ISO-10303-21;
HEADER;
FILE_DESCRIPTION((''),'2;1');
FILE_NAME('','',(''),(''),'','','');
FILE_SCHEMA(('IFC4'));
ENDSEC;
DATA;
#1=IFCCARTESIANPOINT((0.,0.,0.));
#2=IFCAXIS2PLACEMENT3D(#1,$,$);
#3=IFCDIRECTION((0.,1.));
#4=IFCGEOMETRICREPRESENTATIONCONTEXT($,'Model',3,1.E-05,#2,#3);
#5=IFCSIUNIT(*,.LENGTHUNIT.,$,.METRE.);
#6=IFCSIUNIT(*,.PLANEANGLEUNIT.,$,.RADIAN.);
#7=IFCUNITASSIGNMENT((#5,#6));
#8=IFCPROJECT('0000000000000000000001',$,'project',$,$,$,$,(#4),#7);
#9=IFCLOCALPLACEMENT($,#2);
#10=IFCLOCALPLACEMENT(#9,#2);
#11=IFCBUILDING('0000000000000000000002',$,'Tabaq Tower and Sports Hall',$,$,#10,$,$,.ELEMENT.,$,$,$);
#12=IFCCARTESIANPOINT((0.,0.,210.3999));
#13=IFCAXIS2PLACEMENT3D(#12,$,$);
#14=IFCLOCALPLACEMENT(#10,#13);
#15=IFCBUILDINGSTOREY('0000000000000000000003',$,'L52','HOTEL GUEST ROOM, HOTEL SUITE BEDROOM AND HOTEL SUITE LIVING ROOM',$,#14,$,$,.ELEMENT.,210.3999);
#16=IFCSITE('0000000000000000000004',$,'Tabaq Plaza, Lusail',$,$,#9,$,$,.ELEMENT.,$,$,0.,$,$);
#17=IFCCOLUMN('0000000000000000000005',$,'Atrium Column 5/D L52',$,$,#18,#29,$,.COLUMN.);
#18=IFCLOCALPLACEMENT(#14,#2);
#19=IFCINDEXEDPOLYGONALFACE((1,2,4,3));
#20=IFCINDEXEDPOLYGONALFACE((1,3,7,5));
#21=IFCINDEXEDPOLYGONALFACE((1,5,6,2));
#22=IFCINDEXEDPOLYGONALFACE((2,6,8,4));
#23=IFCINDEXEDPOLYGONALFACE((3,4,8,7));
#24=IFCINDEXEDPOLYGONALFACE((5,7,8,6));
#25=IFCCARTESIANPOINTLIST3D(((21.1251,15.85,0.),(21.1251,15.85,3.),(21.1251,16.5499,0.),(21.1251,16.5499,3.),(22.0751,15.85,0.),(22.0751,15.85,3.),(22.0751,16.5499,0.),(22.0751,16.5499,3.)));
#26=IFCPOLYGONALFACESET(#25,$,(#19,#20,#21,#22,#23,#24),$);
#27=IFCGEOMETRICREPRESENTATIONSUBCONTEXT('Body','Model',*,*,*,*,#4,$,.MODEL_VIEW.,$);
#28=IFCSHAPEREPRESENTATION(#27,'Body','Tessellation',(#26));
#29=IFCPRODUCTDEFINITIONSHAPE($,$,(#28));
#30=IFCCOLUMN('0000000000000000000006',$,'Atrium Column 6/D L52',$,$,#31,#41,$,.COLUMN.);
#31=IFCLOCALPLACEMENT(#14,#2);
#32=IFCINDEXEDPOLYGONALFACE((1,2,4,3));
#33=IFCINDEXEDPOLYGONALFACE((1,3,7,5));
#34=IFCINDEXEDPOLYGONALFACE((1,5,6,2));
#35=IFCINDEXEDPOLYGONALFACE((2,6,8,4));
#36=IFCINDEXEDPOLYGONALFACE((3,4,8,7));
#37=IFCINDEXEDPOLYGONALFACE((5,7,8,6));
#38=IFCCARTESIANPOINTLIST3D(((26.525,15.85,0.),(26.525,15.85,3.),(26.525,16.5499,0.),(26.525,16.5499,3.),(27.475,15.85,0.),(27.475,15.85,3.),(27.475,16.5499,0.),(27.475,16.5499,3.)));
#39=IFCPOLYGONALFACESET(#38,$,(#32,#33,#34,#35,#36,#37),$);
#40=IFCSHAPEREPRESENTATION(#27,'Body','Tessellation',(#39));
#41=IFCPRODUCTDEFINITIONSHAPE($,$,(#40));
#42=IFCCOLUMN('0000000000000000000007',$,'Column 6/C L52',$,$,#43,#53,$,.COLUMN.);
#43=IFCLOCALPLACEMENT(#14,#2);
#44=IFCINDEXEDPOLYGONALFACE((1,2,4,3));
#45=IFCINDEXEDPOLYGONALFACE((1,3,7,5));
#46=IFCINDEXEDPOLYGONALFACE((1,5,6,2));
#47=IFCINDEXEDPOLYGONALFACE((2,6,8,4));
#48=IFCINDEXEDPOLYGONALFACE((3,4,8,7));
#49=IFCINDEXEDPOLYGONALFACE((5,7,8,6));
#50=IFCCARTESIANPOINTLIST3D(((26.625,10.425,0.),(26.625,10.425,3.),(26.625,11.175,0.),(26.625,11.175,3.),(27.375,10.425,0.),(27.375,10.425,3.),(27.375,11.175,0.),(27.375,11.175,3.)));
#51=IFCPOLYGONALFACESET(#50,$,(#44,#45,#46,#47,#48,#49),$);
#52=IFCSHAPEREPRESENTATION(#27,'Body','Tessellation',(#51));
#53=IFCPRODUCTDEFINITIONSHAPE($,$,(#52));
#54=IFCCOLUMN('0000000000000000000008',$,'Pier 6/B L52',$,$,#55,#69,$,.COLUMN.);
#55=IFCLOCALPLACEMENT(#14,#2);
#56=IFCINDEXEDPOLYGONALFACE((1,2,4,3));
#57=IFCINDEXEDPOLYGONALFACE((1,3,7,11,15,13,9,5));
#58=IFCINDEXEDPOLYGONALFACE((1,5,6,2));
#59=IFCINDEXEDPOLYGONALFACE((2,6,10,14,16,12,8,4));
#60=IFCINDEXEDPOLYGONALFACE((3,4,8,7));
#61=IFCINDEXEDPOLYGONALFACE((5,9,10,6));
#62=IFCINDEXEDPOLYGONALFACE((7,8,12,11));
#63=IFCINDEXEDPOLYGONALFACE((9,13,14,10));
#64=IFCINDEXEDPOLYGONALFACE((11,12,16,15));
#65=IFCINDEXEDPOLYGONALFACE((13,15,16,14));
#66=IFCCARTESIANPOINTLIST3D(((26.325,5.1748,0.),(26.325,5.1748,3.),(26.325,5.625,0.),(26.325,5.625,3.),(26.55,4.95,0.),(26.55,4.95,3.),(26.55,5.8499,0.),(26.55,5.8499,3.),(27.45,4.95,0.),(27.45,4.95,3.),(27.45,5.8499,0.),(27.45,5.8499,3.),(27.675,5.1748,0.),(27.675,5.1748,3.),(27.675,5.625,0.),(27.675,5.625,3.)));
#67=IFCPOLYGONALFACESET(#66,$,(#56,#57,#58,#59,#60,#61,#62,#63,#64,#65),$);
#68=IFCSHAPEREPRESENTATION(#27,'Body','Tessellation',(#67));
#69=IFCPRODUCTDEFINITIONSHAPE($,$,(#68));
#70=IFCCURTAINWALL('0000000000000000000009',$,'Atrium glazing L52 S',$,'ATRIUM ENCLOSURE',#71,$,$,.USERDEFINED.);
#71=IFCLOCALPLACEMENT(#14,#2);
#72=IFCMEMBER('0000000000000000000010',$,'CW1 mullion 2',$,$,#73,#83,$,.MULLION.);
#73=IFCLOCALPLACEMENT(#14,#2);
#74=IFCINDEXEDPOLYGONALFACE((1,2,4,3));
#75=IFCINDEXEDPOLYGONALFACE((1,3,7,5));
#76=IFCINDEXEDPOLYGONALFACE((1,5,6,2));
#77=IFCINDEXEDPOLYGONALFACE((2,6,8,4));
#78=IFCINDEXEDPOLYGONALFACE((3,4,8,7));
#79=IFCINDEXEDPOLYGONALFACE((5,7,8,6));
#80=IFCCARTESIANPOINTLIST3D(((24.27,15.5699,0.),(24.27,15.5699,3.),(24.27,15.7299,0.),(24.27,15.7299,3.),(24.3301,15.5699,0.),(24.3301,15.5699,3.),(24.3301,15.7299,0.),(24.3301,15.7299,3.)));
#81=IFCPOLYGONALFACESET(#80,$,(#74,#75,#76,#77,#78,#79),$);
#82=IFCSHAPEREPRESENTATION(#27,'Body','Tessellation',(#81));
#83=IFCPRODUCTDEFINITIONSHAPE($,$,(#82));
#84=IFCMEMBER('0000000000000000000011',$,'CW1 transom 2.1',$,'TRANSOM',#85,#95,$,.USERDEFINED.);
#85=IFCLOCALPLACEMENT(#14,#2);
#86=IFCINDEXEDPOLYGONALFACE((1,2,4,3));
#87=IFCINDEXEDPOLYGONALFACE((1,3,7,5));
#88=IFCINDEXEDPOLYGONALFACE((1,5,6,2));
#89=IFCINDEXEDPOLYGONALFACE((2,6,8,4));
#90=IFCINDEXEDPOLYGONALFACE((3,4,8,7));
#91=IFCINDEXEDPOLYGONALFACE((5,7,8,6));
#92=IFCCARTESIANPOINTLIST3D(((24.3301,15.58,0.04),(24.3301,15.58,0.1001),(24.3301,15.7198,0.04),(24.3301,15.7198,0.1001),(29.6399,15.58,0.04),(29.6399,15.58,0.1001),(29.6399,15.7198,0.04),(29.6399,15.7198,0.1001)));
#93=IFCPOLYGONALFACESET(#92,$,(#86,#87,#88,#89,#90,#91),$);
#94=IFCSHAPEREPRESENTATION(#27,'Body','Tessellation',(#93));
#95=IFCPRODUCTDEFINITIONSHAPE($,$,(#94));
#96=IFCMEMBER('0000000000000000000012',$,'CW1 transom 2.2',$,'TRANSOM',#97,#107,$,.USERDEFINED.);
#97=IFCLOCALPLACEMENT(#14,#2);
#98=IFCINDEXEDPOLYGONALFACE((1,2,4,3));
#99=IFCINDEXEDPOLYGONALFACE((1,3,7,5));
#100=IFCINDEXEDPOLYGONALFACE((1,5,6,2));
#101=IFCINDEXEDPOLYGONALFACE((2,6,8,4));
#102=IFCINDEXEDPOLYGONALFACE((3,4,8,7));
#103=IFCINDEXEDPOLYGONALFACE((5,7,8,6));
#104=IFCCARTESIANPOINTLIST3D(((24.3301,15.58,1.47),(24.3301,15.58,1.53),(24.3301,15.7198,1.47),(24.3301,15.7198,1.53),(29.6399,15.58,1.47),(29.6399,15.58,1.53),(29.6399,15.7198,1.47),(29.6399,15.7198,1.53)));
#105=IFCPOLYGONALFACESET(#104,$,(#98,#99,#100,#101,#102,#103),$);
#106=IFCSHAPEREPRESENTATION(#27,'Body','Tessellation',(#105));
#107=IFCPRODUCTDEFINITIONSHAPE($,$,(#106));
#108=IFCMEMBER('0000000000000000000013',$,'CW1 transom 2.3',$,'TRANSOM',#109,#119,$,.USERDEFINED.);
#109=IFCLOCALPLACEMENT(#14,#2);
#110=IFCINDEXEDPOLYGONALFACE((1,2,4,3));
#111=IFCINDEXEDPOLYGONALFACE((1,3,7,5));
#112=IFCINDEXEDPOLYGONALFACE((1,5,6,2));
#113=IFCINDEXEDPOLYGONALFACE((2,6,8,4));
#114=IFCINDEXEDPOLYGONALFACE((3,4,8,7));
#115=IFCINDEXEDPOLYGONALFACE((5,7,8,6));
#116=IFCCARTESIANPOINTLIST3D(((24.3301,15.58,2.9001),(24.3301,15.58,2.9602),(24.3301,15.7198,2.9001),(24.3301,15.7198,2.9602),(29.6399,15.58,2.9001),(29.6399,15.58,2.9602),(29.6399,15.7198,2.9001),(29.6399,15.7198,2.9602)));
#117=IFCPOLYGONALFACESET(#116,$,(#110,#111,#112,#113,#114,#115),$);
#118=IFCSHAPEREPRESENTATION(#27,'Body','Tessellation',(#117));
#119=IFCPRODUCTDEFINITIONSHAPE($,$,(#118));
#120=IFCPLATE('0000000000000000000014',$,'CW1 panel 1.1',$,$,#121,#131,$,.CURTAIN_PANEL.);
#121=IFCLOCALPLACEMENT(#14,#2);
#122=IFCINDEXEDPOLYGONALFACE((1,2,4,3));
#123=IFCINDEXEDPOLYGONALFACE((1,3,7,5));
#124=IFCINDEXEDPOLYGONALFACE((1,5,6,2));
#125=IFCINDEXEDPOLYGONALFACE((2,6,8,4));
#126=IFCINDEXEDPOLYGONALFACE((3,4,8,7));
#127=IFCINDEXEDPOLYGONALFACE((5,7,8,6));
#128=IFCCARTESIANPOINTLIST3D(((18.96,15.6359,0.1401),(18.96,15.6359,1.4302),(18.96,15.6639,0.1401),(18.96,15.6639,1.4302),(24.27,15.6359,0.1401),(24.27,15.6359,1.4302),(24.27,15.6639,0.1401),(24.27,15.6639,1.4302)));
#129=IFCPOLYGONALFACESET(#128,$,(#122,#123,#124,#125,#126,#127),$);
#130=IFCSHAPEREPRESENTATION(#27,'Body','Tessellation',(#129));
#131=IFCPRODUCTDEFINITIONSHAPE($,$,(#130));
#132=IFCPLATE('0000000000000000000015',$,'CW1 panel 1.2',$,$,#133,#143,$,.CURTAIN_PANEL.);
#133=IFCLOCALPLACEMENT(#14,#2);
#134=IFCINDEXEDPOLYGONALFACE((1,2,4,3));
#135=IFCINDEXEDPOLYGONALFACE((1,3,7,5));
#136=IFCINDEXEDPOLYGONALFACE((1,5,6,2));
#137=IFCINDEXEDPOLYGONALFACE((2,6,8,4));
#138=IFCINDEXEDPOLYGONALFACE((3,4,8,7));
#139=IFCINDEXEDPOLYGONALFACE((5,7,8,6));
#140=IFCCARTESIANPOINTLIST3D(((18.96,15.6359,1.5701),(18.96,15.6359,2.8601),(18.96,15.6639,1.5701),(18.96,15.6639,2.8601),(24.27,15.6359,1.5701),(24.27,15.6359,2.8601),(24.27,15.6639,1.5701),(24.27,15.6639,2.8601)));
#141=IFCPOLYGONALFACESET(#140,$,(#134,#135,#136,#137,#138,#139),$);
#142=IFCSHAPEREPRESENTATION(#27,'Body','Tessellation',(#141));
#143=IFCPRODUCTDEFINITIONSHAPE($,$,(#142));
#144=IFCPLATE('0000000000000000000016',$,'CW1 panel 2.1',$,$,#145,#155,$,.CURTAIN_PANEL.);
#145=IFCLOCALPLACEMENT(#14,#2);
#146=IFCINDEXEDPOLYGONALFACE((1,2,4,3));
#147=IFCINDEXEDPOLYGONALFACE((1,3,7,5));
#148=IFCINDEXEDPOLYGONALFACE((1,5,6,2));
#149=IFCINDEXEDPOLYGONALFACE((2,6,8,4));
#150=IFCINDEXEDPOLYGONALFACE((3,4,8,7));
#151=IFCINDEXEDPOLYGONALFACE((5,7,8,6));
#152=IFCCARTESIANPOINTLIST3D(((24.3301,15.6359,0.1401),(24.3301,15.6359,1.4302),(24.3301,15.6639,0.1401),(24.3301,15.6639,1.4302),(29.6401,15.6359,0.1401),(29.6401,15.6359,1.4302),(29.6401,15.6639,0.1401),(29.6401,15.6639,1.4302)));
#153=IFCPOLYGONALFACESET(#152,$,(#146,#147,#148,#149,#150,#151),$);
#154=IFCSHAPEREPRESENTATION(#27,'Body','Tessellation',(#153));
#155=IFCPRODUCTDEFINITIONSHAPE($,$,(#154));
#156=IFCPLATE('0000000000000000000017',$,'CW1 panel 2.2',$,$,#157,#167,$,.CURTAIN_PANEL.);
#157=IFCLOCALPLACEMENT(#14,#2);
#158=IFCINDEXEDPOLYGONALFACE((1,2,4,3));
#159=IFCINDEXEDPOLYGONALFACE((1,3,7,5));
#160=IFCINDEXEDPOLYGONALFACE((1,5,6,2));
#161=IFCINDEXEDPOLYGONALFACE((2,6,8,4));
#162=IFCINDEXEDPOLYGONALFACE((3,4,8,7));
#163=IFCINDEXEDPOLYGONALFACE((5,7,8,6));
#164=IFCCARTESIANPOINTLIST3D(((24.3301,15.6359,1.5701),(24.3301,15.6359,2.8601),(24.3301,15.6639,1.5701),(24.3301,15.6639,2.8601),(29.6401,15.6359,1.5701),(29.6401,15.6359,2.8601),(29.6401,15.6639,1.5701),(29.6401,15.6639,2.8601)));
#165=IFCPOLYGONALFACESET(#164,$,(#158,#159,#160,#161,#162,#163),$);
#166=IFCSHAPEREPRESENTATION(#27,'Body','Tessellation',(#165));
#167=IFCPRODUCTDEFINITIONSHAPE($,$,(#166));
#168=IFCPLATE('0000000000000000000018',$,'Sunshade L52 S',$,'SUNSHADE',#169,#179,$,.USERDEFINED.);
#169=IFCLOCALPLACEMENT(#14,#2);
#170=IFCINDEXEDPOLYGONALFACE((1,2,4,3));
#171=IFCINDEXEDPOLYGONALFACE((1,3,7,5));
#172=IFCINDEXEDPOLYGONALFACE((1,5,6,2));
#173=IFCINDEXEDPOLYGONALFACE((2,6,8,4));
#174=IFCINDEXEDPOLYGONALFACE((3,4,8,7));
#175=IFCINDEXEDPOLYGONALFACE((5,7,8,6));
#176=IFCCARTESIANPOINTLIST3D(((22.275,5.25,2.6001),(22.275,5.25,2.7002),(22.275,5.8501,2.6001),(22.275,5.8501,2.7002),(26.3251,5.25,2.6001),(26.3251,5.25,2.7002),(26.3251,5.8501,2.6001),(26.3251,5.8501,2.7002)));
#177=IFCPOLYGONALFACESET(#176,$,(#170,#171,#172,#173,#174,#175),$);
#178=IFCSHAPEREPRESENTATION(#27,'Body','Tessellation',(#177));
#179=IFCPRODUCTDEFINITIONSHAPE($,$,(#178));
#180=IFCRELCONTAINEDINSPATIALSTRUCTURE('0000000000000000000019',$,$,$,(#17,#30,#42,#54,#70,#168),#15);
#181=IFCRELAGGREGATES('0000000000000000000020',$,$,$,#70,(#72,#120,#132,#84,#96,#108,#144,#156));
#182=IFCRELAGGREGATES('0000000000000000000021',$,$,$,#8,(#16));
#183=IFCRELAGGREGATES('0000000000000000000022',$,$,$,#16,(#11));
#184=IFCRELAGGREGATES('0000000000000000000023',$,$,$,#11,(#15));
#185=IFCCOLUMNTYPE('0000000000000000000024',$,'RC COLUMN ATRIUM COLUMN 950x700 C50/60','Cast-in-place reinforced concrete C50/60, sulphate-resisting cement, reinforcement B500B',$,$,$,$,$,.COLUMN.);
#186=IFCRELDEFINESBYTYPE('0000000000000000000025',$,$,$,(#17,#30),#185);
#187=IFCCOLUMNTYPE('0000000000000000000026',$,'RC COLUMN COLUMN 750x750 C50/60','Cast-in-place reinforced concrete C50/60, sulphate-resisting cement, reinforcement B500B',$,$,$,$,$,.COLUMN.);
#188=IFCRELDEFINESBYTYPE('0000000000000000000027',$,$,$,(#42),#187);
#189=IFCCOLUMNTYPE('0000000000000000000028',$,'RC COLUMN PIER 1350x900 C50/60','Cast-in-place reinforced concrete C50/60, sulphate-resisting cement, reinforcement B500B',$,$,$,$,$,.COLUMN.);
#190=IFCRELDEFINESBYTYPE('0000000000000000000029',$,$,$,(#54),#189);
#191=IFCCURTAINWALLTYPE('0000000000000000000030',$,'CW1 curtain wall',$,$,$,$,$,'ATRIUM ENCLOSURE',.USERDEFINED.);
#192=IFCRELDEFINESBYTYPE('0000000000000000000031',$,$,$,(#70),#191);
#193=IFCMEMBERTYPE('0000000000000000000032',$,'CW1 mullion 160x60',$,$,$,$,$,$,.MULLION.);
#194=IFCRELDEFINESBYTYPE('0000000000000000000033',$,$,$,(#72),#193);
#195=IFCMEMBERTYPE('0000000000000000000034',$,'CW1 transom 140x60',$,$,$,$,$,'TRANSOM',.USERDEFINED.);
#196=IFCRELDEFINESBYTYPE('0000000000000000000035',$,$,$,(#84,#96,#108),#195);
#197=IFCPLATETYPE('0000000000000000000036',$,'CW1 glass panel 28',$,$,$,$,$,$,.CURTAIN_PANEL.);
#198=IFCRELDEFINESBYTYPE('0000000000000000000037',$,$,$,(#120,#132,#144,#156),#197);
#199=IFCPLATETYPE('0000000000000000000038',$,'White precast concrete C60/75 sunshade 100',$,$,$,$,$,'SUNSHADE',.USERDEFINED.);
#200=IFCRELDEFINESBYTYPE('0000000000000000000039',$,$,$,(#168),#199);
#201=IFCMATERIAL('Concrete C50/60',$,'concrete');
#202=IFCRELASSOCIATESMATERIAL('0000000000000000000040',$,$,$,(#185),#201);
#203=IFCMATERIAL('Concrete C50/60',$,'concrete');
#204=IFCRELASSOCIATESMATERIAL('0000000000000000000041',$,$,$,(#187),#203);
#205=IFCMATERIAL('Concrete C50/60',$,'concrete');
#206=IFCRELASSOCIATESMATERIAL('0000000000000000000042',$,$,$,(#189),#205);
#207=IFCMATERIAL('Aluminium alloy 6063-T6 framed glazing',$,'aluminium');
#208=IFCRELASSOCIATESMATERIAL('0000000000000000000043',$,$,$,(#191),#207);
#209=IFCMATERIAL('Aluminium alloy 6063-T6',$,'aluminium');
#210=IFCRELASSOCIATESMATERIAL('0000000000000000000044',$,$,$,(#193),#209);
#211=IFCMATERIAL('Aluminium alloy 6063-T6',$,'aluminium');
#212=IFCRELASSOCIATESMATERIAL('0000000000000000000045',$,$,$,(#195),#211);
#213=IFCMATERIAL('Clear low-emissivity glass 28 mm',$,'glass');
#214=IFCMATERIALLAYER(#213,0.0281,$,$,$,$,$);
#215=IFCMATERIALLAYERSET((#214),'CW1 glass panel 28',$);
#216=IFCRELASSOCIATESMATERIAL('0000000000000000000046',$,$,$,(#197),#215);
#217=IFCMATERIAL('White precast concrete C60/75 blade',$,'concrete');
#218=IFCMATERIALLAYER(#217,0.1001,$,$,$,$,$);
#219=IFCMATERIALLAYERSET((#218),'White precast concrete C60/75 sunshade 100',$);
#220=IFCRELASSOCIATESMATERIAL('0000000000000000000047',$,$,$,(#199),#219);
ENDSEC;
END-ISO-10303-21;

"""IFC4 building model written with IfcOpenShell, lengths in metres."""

from ifc_helpers import new_model, si_unit, direction, frame, origin, origin_2d, place, context, subcontext, project, spatial, polyline, rectangle, outline, extrude, material, layer, layer_set, material_profile, profile_set, type_object, element, aggregate, save


model = new_model("IFC4")

# Units and contexts
model_context = context("Model", 3, precision=1e-05, world=origin(), true_north=direction((0.0, 1.0)))
body_context = subcontext(model_context, "Body", "Model", "MODEL_VIEW")
ifc_project = project(units=[si_unit("LENGTHUNIT", "METRE"), si_unit("PLANEANGLEUNIT", "RADIAN")], contexts=[model_context])

# Site, building, storey
site_placement = place(None, origin())
site = spatial("IfcSite", under=ifc_project, at=site_placement, Name="Tabaq Plaza, Lusail", CompositionType="ELEMENT", RefElevation=0.0)
building_placement = place(site_placement, origin())
building = spatial("IfcBuilding", under=site, at=building_placement, Name="Tabaq Tower and Sports Hall", CompositionType="ELEMENT")
storey_placement = place(building_placement, frame((0.0, 0.0, 210.3999)))
storey = spatial("IfcBuildingStorey", under=building, at=storey_placement, Name="L52", Description="HOTEL GUEST ROOM, HOTEL SUITE BEDROOM AND HOTEL SUITE LIVING ROOM", CompositionType="ELEMENT", Elevation=210.3999)

# Columns
ifc_material_1 = material(Name="Concrete C50/60", Category="concrete")
ifc_material_profile_1 = material_profile(ifc_material_1, rectangle(XDim=0.95, YDim=0.7, at=origin_2d()), Name="ATRIUM COLUMN 950x700")
ifc_profile_set_1 = profile_set([ifc_material_profile_1], Name="Concrete C50/60")
column_type_1 = type_object("IfcColumnType", Name="RC COLUMN ATRIUM COLUMN 950x700 C50/60", Description="Cast-in-place reinforced concrete C50/60, sulphate-resisting cement, reinforcement B500B", PredefinedType="COLUMN", material=ifc_profile_set_1)
for number, where, z_axis, x_axis, name in (
    (1, (21.6001, 16.2, 0.0), (0.0, 0.0, 1.0), (1.0, 0.0, 0.0), "Atrium Column 5/D L52"),
    (2, (27.0, 16.2, 0.0), (0.0, 0.0, 1.0), (1.0, 0.0, 0.0), "Atrium Column 6/D L52"),
):
    element("IfcColumn", number, at=place(storey_placement, frame(where, z_axis=z_axis, x_axis=x_axis)), inside=storey, type_object=column_type_1, Name=name, PredefinedType="COLUMN", context=body_context, shape_type="SweptSolid", body=[
        extrude(rectangle(XDim=0.95, YDim=0.7, at=origin_2d()), origin(), (0.0, 0.0, 1.0), 3.0),
    ])
ifc_material_2 = material(Name="Concrete C50/60", Category="concrete")
ifc_material_profile_2 = material_profile(ifc_material_2, rectangle(XDim=0.75, YDim=0.75, at=origin_2d()), Name="COLUMN 750x750")
ifc_profile_set_2 = profile_set([ifc_material_profile_2], Name="Concrete C50/60")
column_type_2 = type_object("IfcColumnType", Name="RC COLUMN COLUMN 750x750 C50/60", Description="Cast-in-place reinforced concrete C50/60, sulphate-resisting cement, reinforcement B500B", PredefinedType="COLUMN", material=ifc_profile_set_2)
column_1_placement = place(storey_placement, frame((27.0, 10.8, 0.0), z_axis=(0.0, 0.0, 1.0), x_axis=(1.0, 0.0, 0.0)))
element("IfcColumn", 3, at=column_1_placement, inside=storey, type_object=column_type_2, Name="Column 6/C L52", PredefinedType="COLUMN", context=body_context, shape_type="SweptSolid", body=[
    extrude(rectangle(XDim=0.75, YDim=0.75, at=origin_2d()), origin(), (0.0, 0.0, 1.0), 3.0),
])
ifc_material_3 = material(Name="Concrete C50/60", Category="concrete")
ifc_material_profile_3 = material_profile(ifc_material_3, outline(polyline([(-0.45, -0.45), (0.45, -0.45), (0.675, -0.2251), (0.675, 0.2251), (0.45, 0.45), (-0.45, 0.45), (-0.675, 0.2251), (-0.675, -0.2251), (-0.45, -0.45)])), Name="PIER 1350x900")
ifc_profile_set_3 = profile_set([ifc_material_profile_3], Name="Concrete C50/60")
column_type_3 = type_object("IfcColumnType", Name="RC COLUMN PIER 1350x900 C50/60", Description="Cast-in-place reinforced concrete C50/60, sulphate-resisting cement, reinforcement B500B", PredefinedType="COLUMN", material=ifc_profile_set_3)
column_2_placement = place(storey_placement, frame((27.0, 5.3999, 0.0), z_axis=(0.0, 0.0, 1.0), x_axis=(1.0, 0.0, 0.0)))
element("IfcColumn", 4, at=column_2_placement, inside=storey, type_object=column_type_3, Name="Pier 6/B L52", PredefinedType="COLUMN", context=body_context, shape_type="SweptSolid", body=[
    extrude(outline(polyline([(-0.45, -0.45), (0.45, -0.45), (0.675, -0.2251), (0.675, 0.2251), (0.45, 0.45), (-0.45, 0.45), (-0.675, 0.2251), (-0.675, -0.2251), (-0.45, -0.45)])), origin(), (0.0, 0.0, 1.0), 3.0),
])

# Curtain wall, members, plates
ifc_material_4 = material(Name="Aluminium alloy 6063-T6 framed glazing", Category="aluminium")
curtain_wall_type = type_object("IfcCurtainWallType", Name="CW1 curtain wall", ElementType="ATRIUM ENCLOSURE", PredefinedType="USERDEFINED", material=ifc_material_4)
curtain_wall_placement = place(storey_placement, origin())
curtain_wall = element("IfcCurtainWall", 5, at=curtain_wall_placement, inside=storey, type_object=curtain_wall_type, Name="Atrium glazing L52 S", ObjectType="ATRIUM ENCLOSURE", PredefinedType="USERDEFINED")
ifc_material_5 = material(Name="Aluminium alloy 6063-T6", Category="aluminium")
ifc_material_profile_4 = material_profile(ifc_material_5, rectangle(XDim=0.1599, YDim=0.0601, at=origin_2d()), Name="MULLION 160x60")
ifc_profile_set_4 = profile_set([ifc_material_profile_4], Name="Aluminium alloy 6063-T6")
member_type_1 = type_object("IfcMemberType", Name="CW1 mullion 160x60", PredefinedType="MULLION", material=ifc_profile_set_4)
member_1_placement = place(storey_placement, frame((24.3, 15.6499, 0.0), z_axis=(0.0, 0.0, 1.0), x_axis=(0.0, 1.0, 0.0)))
member_1 = element("IfcMember", 6, at=member_1_placement, type_object=member_type_1, Name="CW1 mullion 2", PredefinedType="MULLION", context=body_context, shape_type="SweptSolid", body=[
    extrude(rectangle(XDim=0.1599, YDim=0.0601, at=origin_2d()), origin(), (0.0, 0.0, 1.0), 3.0),
])
ifc_material_6 = material(Name="Aluminium alloy 6063-T6", Category="aluminium")
ifc_material_profile_5 = material_profile(ifc_material_6, rectangle(XDim=0.1399, YDim=0.0601, at=origin_2d()), Name="TRANSOM 140x60")
ifc_profile_set_5 = profile_set([ifc_material_profile_5], Name="Aluminium alloy 6063-T6")
member_type_2 = type_object("IfcMemberType", Name="CW1 transom 140x60", ElementType="TRANSOM", PredefinedType="USERDEFINED", material=ifc_profile_set_5)
member_2_placement = place(storey_placement, frame((24.3301, 15.6499, 0.0701), z_axis=(1.0, 0.0, 0.0), x_axis=(0.0, 1.0, 0.0)))
member_2 = element("IfcMember", 7, at=member_2_placement, type_object=member_type_2, Name="CW1 transom 2.1", ObjectType="TRANSOM", PredefinedType="USERDEFINED", context=body_context, shape_type="SweptSolid", body=[
    extrude(rectangle(XDim=0.1399, YDim=0.0601, at=origin_2d()), origin(), (0.0, 0.0, 1.0), 5.3098),
])
member_3_placement = place(storey_placement, frame((24.3301, 15.6499, 1.5), z_axis=(1.0, 0.0, 0.0), x_axis=(0.0, 1.0, 0.0)))
member_3 = element("IfcMember", 8, at=member_3_placement, type_object=member_type_2, Name="CW1 transom 2.2", ObjectType="TRANSOM", PredefinedType="USERDEFINED", context=body_context, shape_type="SweptSolid", body=[
    extrude(rectangle(XDim=0.1399, YDim=0.0601, at=origin_2d()), origin(), (0.0, 0.0, 1.0), 5.3098),
])
member_4_placement = place(storey_placement, frame((24.3301, 15.6499, 2.9302), z_axis=(1.0, 0.0, 0.0), x_axis=(0.0, 1.0, 0.0)))
member_4 = element("IfcMember", 9, at=member_4_placement, type_object=member_type_2, Name="CW1 transom 2.3", ObjectType="TRANSOM", PredefinedType="USERDEFINED", context=body_context, shape_type="SweptSolid", body=[
    extrude(rectangle(XDim=0.1399, YDim=0.0601, at=origin_2d()), origin(), (0.0, 0.0, 1.0), 5.3098),
])
ifc_material_7 = material(Name="Clear low-emissivity glass 28 mm", Category="glass")
ifc_layer_1 = layer(ifc_material_7, 0.0281)
ifc_layer_set_1 = layer_set([ifc_layer_1], Name="CW1 glass panel 28")
plate_type_1 = type_object("IfcPlateType", Name="CW1 glass panel 28", PredefinedType="CURTAIN_PANEL", material=ifc_layer_set_1)
plate_1_placement = place(storey_placement, frame((21.615, 15.6499, 0.1401), z_axis=(0.0, 0.0, 1.0), x_axis=(1.0, 0.0, 0.0)))
plate_1 = element("IfcPlate", 10, at=plate_1_placement, type_object=plate_type_1, Name="CW1 panel 1.1", PredefinedType="CURTAIN_PANEL", context=body_context, shape_type="SweptSolid", body=[
    extrude(rectangle(XDim=5.3101, YDim=0.0281, at=origin_2d()), origin(), (0.0, 0.0, 1.0), 1.29),
])
plate_2_placement = place(storey_placement, frame((21.615, 15.6499, 1.5701), z_axis=(0.0, 0.0, 1.0), x_axis=(1.0, 0.0, 0.0)))
plate_2 = element("IfcPlate", 11, at=plate_2_placement, type_object=plate_type_1, Name="CW1 panel 1.2", PredefinedType="CURTAIN_PANEL", context=body_context, shape_type="SweptSolid", body=[
    extrude(rectangle(XDim=5.3101, YDim=0.0281, at=origin_2d()), origin(), (0.0, 0.0, 1.0), 1.29),
])
plate_3_placement = place(storey_placement, frame((26.9851, 15.6499, 0.1401), z_axis=(0.0, 0.0, 1.0), x_axis=(1.0, 0.0, 0.0)))
plate_3 = element("IfcPlate", 12, at=plate_3_placement, type_object=plate_type_1, Name="CW1 panel 2.1", PredefinedType="CURTAIN_PANEL", context=body_context, shape_type="SweptSolid", body=[
    extrude(rectangle(XDim=5.3101, YDim=0.0281, at=origin_2d()), origin(), (0.0, 0.0, 1.0), 1.29),
])
plate_4_placement = place(storey_placement, frame((26.9851, 15.6499, 1.5701), z_axis=(0.0, 0.0, 1.0), x_axis=(1.0, 0.0, 0.0)))
plate_4 = element("IfcPlate", 13, at=plate_4_placement, type_object=plate_type_1, Name="CW1 panel 2.2", PredefinedType="CURTAIN_PANEL", context=body_context, shape_type="SweptSolid", body=[
    extrude(rectangle(XDim=5.3101, YDim=0.0281, at=origin_2d()), origin(), (0.0, 0.0, 1.0), 1.29),
])
aggregate(curtain_wall, [member_1, plate_1, plate_2, member_2, member_3, member_4, plate_3, plate_4])

# Plate
ifc_material_8 = material(Name="White precast concrete C60/75 blade", Category="concrete")
ifc_layer_2 = layer(ifc_material_8, 0.1001)
ifc_layer_set_2 = layer_set([ifc_layer_2], Name="White precast concrete C60/75 sunshade 100")
plate_type_2 = type_object("IfcPlateType", Name="White precast concrete C60/75 sunshade 100", ElementType="SUNSHADE", PredefinedType="USERDEFINED", material=ifc_layer_set_2)
plate_5_placement = place(storey_placement, frame((24.3, 5.55, 2.6001), z_axis=(0.0, 0.0, 1.0), x_axis=(1.0, 0.0, 0.0)))
element("IfcPlate", 14, at=plate_5_placement, inside=storey, type_object=plate_type_2, Name="Sunshade L52 S", ObjectType="SUNSHADE", PredefinedType="USERDEFINED", context=body_context, shape_type="SweptSolid", body=[
    extrude(rectangle(XDim=4.05, YDim=0.6001, at=origin_2d()), origin(), (0.0, 0.0, 1.0), 0.1001),
])

save(model, "model.ifc")
